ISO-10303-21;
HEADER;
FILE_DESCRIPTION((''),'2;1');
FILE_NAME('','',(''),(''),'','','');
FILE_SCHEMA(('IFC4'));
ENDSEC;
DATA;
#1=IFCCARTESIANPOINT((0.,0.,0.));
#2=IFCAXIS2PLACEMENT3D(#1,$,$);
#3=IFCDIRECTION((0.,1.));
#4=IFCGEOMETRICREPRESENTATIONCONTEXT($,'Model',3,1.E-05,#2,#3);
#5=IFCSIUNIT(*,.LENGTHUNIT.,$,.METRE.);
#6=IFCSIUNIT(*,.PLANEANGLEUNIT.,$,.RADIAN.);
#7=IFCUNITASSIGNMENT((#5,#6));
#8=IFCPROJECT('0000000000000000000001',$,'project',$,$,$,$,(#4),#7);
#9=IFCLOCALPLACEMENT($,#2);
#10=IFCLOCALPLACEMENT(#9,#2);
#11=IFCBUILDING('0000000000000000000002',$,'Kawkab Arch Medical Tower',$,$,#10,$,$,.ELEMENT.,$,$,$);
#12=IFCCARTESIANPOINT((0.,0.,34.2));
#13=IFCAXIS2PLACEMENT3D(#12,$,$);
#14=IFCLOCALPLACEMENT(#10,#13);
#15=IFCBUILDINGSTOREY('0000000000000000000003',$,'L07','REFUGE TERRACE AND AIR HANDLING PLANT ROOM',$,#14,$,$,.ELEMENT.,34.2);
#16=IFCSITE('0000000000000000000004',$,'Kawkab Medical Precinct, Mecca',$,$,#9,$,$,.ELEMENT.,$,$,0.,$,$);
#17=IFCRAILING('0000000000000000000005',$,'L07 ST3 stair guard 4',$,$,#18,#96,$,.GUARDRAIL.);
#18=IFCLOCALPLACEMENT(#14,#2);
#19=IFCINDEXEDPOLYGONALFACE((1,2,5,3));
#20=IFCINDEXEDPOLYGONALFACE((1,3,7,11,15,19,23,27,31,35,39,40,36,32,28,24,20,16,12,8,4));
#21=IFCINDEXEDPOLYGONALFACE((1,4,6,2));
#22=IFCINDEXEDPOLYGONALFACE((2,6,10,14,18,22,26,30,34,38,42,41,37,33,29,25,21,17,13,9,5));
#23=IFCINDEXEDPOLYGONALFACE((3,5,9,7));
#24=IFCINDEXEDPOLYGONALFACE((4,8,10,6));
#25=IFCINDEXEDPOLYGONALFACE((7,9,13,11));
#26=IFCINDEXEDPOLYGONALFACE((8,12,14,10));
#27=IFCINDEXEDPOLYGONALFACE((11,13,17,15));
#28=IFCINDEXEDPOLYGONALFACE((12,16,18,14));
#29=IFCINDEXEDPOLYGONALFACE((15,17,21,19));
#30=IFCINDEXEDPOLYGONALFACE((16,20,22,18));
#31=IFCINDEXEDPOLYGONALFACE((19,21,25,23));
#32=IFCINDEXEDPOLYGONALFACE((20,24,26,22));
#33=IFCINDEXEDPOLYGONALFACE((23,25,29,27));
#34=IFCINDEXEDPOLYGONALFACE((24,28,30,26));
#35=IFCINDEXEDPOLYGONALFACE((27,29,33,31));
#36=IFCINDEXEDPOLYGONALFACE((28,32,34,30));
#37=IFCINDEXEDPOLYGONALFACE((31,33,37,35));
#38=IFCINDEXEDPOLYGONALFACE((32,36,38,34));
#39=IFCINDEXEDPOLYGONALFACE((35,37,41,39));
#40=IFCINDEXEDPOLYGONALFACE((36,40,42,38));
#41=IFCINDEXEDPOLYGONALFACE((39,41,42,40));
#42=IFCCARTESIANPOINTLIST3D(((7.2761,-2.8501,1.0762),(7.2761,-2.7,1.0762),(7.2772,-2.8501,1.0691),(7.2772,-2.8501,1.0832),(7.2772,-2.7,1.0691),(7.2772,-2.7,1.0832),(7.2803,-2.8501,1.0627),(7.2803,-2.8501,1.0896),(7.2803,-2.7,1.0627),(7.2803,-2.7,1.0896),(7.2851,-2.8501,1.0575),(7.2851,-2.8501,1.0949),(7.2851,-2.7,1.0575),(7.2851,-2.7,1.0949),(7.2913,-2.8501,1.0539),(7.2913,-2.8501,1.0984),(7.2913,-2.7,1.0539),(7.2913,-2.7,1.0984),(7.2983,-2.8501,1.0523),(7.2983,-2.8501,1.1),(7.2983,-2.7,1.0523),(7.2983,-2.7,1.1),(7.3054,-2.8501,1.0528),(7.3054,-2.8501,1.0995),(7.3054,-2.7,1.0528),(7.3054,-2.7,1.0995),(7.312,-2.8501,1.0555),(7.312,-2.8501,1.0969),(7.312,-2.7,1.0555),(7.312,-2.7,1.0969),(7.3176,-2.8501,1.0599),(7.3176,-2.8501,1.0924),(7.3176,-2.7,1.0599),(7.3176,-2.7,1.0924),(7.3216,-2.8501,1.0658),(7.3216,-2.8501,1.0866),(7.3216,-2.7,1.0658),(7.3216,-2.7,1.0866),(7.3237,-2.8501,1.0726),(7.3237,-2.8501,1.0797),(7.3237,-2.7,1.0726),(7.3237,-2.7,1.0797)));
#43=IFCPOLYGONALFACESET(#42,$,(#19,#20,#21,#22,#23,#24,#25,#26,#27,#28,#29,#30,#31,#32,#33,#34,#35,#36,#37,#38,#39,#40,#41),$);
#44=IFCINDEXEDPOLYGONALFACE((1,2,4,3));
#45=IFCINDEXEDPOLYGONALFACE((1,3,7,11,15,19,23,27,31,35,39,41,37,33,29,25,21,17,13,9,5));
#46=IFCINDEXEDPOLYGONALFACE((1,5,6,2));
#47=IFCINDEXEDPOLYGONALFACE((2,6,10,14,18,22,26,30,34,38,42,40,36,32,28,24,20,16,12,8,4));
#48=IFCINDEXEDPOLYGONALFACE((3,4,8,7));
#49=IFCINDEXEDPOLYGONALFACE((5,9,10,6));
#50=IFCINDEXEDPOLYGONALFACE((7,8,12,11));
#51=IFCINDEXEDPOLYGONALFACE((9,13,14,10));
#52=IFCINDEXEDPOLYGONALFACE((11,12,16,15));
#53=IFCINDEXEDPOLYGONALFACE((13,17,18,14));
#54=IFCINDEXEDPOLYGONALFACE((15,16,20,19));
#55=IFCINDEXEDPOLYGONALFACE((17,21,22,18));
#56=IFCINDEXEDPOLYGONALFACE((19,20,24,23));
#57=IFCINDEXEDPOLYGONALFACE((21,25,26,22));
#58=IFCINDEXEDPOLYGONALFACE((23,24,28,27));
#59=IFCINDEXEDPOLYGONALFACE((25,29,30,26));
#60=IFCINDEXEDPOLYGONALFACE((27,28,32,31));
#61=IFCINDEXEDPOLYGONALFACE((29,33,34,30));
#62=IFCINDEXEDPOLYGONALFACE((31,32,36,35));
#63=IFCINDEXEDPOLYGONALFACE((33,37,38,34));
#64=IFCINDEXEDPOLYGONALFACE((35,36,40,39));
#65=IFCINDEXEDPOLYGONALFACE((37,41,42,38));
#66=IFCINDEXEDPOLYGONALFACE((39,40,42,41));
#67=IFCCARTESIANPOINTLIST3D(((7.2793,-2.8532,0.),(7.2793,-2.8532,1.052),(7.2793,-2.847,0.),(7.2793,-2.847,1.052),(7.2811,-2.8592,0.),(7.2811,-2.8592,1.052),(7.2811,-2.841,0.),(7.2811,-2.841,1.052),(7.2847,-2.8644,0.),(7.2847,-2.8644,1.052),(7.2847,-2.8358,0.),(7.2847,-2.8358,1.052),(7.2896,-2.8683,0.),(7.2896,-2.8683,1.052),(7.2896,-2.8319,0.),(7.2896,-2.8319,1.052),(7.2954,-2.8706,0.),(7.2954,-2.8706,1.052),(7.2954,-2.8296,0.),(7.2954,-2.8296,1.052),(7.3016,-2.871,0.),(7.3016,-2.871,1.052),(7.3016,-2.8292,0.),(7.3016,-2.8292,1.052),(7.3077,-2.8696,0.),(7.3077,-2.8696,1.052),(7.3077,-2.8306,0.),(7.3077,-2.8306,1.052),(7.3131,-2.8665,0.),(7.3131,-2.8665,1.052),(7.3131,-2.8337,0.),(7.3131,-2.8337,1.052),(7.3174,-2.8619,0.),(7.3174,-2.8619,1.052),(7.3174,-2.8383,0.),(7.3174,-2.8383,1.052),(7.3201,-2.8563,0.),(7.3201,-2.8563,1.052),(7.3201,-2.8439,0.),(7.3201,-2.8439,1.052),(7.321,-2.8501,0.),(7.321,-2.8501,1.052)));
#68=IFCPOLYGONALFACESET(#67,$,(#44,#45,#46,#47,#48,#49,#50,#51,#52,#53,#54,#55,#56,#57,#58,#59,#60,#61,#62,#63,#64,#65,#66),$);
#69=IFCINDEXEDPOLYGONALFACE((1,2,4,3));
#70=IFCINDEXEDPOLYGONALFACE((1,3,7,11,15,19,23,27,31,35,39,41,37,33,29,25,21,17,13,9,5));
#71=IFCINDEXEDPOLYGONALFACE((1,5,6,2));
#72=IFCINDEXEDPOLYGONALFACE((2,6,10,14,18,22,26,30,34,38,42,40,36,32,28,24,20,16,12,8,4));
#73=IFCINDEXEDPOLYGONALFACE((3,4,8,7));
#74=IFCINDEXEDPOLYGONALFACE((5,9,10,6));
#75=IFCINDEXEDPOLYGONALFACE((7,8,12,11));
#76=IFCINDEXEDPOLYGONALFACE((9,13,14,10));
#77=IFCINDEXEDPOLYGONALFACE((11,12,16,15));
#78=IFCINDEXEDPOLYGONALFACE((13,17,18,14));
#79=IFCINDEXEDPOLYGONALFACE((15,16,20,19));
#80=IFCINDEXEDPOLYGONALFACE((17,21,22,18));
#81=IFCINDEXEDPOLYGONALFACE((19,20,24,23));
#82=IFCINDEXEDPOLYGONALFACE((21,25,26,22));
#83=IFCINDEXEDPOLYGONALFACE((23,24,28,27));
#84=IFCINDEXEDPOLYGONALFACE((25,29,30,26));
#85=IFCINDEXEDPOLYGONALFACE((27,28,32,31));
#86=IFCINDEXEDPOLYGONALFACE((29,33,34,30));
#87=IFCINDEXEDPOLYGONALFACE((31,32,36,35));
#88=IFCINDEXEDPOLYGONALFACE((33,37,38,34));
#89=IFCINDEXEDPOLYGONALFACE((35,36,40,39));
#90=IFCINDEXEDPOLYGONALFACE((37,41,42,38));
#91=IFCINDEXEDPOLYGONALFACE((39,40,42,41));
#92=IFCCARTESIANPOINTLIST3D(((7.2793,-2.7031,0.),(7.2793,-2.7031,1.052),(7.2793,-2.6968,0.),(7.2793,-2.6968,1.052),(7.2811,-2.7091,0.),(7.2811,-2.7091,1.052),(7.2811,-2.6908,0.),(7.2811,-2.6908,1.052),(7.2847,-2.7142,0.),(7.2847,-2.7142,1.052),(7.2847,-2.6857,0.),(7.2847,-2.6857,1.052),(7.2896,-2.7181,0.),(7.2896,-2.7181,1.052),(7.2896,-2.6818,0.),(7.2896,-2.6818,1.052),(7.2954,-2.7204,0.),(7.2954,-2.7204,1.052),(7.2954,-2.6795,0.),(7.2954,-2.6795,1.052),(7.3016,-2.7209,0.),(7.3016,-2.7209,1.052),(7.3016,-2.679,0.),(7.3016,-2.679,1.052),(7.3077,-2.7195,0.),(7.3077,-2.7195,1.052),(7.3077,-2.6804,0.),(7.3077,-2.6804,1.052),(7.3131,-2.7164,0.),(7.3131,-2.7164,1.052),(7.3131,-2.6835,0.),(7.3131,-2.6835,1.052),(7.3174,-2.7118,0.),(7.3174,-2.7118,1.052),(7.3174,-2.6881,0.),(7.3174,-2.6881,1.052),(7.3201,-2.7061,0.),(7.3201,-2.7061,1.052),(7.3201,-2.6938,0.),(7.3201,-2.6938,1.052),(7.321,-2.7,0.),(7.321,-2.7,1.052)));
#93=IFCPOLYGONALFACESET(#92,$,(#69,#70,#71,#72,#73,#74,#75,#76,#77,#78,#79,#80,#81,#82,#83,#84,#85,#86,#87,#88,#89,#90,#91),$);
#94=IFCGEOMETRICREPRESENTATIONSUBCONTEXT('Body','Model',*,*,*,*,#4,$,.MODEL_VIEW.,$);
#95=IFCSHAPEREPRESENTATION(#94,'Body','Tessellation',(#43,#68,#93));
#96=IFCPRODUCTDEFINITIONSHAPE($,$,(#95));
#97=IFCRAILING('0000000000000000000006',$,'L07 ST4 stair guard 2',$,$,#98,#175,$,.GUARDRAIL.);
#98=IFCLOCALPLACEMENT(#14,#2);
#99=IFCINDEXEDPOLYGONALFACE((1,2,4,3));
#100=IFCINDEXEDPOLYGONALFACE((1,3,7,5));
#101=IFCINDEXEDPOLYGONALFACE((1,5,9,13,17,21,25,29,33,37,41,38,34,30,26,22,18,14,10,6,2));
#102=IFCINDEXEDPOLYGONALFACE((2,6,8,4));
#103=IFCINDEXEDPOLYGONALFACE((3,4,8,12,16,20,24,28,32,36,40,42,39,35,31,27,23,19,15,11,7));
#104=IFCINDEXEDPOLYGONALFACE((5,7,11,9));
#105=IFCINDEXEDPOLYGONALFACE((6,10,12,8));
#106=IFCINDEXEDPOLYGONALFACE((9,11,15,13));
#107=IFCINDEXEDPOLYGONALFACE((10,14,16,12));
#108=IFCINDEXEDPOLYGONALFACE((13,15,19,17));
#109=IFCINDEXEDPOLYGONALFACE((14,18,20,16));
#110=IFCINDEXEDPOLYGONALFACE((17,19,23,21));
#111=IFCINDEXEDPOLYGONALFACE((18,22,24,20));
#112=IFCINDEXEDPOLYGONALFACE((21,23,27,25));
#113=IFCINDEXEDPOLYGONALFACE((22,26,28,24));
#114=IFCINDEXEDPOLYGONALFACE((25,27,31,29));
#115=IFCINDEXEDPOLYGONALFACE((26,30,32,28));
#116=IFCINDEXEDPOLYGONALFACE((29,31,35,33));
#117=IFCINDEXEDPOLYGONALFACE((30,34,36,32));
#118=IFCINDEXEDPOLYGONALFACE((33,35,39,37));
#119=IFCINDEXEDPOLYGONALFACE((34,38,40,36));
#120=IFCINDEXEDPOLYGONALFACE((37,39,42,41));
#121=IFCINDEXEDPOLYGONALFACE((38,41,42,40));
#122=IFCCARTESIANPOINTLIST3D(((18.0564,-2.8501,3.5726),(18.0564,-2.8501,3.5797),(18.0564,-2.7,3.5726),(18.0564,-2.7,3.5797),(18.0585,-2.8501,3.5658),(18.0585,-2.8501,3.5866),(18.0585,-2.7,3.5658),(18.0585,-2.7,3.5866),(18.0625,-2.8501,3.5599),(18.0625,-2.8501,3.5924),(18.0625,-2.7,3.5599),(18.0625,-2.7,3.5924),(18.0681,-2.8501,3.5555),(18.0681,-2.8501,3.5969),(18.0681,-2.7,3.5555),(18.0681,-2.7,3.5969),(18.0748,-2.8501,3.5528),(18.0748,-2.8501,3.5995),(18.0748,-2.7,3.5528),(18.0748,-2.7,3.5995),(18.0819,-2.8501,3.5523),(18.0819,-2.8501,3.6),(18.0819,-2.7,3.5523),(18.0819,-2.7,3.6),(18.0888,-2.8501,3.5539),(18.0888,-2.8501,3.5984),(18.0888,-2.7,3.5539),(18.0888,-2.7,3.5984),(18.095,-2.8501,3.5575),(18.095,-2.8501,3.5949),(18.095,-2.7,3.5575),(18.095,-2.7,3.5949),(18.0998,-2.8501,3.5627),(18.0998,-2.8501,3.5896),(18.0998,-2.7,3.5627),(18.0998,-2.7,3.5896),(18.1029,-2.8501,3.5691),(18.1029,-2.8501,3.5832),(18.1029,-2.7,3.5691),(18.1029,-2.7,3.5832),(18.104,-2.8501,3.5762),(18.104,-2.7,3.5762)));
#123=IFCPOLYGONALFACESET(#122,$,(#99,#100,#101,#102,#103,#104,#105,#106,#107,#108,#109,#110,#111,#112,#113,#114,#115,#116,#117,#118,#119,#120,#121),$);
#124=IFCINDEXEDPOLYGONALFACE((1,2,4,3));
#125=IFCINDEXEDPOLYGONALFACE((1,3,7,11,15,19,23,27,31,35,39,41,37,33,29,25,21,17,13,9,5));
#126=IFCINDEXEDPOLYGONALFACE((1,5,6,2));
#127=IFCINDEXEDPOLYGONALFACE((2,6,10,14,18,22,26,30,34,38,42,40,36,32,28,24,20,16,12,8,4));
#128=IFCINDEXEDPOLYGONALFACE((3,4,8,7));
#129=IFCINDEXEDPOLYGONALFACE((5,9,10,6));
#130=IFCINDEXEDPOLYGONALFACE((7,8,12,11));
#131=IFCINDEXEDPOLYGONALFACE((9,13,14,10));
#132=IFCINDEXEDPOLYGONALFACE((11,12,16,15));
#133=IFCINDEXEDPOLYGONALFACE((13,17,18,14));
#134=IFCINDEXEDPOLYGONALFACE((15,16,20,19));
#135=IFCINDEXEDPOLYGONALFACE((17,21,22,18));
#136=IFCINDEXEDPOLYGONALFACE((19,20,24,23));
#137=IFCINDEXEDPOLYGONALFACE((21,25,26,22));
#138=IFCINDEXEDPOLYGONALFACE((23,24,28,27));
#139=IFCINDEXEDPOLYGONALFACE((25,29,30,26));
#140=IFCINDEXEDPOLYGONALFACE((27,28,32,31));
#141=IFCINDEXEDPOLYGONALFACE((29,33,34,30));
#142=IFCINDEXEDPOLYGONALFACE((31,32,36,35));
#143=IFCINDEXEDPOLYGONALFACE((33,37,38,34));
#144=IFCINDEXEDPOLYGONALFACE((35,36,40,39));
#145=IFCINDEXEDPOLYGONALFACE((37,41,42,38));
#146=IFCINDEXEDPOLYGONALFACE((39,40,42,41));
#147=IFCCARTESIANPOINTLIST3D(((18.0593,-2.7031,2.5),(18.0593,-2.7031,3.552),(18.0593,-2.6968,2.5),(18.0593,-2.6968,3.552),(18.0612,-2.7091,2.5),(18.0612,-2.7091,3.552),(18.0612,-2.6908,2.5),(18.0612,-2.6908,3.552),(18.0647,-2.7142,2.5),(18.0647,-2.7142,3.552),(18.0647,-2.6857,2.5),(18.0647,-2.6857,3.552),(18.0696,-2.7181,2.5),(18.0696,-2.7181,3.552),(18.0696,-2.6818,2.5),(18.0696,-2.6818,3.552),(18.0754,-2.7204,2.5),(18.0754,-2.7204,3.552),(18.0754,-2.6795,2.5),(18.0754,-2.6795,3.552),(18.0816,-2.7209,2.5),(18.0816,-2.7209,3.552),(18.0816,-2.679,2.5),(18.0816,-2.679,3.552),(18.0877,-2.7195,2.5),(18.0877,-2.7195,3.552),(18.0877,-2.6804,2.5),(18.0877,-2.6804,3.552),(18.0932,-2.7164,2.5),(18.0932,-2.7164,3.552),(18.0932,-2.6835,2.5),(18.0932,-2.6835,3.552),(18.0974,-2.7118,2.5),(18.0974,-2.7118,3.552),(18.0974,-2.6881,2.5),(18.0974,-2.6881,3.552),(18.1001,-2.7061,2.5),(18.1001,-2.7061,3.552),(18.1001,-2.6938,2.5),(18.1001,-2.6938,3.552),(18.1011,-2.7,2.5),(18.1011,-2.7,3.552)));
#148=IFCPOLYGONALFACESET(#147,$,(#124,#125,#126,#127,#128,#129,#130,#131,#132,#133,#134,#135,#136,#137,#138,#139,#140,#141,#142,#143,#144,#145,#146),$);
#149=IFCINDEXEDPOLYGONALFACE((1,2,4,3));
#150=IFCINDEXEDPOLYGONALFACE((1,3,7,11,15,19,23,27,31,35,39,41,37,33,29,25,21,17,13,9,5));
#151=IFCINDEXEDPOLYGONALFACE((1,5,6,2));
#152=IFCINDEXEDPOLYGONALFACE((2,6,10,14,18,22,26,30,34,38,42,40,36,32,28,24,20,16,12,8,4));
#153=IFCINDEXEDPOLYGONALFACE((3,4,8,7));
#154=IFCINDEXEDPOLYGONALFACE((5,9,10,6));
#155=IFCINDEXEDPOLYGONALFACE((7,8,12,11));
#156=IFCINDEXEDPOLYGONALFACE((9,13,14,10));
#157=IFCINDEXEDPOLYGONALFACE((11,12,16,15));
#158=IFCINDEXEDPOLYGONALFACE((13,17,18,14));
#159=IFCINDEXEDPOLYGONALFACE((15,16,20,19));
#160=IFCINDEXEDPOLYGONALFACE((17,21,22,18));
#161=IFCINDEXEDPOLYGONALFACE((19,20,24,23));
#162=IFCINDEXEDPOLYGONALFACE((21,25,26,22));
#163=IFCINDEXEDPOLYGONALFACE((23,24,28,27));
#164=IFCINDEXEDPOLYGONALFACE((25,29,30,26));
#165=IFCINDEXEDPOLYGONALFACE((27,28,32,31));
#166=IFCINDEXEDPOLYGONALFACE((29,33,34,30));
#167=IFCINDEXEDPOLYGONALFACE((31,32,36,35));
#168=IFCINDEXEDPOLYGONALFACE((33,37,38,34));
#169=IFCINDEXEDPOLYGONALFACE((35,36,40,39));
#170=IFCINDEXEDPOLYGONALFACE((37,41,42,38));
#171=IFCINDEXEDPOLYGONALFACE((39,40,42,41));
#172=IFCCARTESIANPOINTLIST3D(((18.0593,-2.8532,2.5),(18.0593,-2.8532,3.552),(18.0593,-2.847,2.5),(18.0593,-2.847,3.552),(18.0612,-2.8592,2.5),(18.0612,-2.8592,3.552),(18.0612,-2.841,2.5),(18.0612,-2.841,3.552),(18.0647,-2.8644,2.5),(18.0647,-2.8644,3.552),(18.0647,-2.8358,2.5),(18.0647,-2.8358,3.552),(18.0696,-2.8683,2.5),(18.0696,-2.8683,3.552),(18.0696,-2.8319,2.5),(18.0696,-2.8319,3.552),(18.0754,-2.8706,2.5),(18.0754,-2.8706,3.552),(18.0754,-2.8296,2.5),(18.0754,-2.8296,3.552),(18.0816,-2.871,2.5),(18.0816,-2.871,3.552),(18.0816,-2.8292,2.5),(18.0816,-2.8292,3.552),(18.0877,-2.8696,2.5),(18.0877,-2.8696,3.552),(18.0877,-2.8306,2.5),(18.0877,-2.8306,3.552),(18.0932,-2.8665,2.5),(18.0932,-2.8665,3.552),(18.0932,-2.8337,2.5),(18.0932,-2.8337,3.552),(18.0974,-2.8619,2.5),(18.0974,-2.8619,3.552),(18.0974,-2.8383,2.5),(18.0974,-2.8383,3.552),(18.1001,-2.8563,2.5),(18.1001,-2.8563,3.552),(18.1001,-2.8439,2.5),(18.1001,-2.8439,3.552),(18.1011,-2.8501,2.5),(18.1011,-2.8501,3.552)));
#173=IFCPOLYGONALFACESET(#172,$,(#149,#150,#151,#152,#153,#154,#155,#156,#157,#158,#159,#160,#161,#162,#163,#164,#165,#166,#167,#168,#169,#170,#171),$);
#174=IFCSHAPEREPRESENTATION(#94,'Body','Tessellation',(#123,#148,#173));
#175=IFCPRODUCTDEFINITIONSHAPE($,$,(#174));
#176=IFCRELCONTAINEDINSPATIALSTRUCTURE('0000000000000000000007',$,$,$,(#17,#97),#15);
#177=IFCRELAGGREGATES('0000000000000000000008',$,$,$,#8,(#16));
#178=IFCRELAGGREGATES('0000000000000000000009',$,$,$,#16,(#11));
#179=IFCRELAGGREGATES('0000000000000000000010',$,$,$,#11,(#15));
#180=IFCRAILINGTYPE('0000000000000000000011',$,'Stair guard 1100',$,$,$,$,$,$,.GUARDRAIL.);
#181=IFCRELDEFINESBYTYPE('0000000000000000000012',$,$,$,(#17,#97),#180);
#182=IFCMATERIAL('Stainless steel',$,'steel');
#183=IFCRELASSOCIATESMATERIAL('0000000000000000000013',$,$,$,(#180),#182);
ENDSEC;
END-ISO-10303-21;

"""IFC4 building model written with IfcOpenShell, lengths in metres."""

from ifc_helpers import new_model, si_unit, direction, frame, origin, origin_2d, place, context, subcontext, project, spatial, circle, extrude, material, type_object, element, save


model = new_model("IFC4")

# Units and contexts
model_context = context("Model", 3, precision=1e-05, world=origin(), true_north=direction((0.0, 1.0)))
body_context = subcontext(model_context, "Body", "Model", "MODEL_VIEW")
ifc_project = project(units=[si_unit("LENGTHUNIT", "METRE"), si_unit("PLANEANGLEUNIT", "RADIAN")], contexts=[model_context])

# Site, building, storey
site_placement = place(None, origin())
site = spatial("IfcSite", under=ifc_project, at=site_placement, Name="Kawkab Medical Precinct, Mecca", CompositionType="ELEMENT", RefElevation=0.0)
building_placement = place(site_placement, origin())
building = spatial("IfcBuilding", under=site, at=building_placement, Name="Kawkab Arch Medical Tower", CompositionType="ELEMENT")
storey_placement = place(building_placement, frame((0.0, 0.0, 34.2)))
storey = spatial("IfcBuildingStorey", under=building, at=storey_placement, Name="L07", Description="REFUGE TERRACE AND AIR HANDLING PLANT ROOM", CompositionType="ELEMENT", Elevation=34.2)

# Railings
ifc_material_1 = material(Name="Stainless steel", Category="steel")
railing_type = type_object("IfcRailingType", Name="Stair guard 1100", PredefinedType="GUARDRAIL", material=ifc_material_1)
railing_1_placement = place(storey_placement, frame((7.3, -2.8501, 0.0)))
element("IfcRailing", 1, at=railing_1_placement, inside=storey, type_object=railing_type, Name="L07 ST3 stair guard 4", PredefinedType="GUARDRAIL", context=body_context, shape_type="SweptSolid", body=[
    extrude(circle(Radius=0.0239, at=origin_2d()), frame((0.0, 0.0, 1.0762), z_axis=(0.0, 1.0, 0.0), x_axis=(-1.0, 0.0, 0.0)), (0.0, 0.0, 1.0), 0.1501),
    extrude(circle(Radius=0.021, at=origin_2d()), origin(), (0.0, 0.0, 1.0), 1.052),
    extrude(circle(Radius=0.021, at=origin_2d()), frame((0.0, 0.1501, 0.0)), (0.0, 0.0, 1.0), 1.052),
])
railing_2_placement = place(storey_placement, frame((18.0801, -2.7, 2.5)))
element("IfcRailing", 2, at=railing_2_placement, inside=storey, type_object=railing_type, Name="L07 ST4 stair guard 2", PredefinedType="GUARDRAIL", context=body_context, shape_type="SweptSolid", body=[
    extrude(circle(Radius=0.0239, at=origin_2d()), frame((0.0, 0.0, 1.0762), z_axis=(0.0, -1.0, 0.0), x_axis=(1.0, 0.0, 0.0)), (0.0, 0.0, 1.0), 0.1501),
    extrude(circle(Radius=0.021, at=origin_2d()), origin(), (0.0, 0.0, 1.0), 1.052),
    extrude(circle(Radius=0.021, at=origin_2d()), frame((0.0, -0.1501, 0.0)), (0.0, 0.0, 1.0), 1.052),
])

save(model, "model.ifc")
